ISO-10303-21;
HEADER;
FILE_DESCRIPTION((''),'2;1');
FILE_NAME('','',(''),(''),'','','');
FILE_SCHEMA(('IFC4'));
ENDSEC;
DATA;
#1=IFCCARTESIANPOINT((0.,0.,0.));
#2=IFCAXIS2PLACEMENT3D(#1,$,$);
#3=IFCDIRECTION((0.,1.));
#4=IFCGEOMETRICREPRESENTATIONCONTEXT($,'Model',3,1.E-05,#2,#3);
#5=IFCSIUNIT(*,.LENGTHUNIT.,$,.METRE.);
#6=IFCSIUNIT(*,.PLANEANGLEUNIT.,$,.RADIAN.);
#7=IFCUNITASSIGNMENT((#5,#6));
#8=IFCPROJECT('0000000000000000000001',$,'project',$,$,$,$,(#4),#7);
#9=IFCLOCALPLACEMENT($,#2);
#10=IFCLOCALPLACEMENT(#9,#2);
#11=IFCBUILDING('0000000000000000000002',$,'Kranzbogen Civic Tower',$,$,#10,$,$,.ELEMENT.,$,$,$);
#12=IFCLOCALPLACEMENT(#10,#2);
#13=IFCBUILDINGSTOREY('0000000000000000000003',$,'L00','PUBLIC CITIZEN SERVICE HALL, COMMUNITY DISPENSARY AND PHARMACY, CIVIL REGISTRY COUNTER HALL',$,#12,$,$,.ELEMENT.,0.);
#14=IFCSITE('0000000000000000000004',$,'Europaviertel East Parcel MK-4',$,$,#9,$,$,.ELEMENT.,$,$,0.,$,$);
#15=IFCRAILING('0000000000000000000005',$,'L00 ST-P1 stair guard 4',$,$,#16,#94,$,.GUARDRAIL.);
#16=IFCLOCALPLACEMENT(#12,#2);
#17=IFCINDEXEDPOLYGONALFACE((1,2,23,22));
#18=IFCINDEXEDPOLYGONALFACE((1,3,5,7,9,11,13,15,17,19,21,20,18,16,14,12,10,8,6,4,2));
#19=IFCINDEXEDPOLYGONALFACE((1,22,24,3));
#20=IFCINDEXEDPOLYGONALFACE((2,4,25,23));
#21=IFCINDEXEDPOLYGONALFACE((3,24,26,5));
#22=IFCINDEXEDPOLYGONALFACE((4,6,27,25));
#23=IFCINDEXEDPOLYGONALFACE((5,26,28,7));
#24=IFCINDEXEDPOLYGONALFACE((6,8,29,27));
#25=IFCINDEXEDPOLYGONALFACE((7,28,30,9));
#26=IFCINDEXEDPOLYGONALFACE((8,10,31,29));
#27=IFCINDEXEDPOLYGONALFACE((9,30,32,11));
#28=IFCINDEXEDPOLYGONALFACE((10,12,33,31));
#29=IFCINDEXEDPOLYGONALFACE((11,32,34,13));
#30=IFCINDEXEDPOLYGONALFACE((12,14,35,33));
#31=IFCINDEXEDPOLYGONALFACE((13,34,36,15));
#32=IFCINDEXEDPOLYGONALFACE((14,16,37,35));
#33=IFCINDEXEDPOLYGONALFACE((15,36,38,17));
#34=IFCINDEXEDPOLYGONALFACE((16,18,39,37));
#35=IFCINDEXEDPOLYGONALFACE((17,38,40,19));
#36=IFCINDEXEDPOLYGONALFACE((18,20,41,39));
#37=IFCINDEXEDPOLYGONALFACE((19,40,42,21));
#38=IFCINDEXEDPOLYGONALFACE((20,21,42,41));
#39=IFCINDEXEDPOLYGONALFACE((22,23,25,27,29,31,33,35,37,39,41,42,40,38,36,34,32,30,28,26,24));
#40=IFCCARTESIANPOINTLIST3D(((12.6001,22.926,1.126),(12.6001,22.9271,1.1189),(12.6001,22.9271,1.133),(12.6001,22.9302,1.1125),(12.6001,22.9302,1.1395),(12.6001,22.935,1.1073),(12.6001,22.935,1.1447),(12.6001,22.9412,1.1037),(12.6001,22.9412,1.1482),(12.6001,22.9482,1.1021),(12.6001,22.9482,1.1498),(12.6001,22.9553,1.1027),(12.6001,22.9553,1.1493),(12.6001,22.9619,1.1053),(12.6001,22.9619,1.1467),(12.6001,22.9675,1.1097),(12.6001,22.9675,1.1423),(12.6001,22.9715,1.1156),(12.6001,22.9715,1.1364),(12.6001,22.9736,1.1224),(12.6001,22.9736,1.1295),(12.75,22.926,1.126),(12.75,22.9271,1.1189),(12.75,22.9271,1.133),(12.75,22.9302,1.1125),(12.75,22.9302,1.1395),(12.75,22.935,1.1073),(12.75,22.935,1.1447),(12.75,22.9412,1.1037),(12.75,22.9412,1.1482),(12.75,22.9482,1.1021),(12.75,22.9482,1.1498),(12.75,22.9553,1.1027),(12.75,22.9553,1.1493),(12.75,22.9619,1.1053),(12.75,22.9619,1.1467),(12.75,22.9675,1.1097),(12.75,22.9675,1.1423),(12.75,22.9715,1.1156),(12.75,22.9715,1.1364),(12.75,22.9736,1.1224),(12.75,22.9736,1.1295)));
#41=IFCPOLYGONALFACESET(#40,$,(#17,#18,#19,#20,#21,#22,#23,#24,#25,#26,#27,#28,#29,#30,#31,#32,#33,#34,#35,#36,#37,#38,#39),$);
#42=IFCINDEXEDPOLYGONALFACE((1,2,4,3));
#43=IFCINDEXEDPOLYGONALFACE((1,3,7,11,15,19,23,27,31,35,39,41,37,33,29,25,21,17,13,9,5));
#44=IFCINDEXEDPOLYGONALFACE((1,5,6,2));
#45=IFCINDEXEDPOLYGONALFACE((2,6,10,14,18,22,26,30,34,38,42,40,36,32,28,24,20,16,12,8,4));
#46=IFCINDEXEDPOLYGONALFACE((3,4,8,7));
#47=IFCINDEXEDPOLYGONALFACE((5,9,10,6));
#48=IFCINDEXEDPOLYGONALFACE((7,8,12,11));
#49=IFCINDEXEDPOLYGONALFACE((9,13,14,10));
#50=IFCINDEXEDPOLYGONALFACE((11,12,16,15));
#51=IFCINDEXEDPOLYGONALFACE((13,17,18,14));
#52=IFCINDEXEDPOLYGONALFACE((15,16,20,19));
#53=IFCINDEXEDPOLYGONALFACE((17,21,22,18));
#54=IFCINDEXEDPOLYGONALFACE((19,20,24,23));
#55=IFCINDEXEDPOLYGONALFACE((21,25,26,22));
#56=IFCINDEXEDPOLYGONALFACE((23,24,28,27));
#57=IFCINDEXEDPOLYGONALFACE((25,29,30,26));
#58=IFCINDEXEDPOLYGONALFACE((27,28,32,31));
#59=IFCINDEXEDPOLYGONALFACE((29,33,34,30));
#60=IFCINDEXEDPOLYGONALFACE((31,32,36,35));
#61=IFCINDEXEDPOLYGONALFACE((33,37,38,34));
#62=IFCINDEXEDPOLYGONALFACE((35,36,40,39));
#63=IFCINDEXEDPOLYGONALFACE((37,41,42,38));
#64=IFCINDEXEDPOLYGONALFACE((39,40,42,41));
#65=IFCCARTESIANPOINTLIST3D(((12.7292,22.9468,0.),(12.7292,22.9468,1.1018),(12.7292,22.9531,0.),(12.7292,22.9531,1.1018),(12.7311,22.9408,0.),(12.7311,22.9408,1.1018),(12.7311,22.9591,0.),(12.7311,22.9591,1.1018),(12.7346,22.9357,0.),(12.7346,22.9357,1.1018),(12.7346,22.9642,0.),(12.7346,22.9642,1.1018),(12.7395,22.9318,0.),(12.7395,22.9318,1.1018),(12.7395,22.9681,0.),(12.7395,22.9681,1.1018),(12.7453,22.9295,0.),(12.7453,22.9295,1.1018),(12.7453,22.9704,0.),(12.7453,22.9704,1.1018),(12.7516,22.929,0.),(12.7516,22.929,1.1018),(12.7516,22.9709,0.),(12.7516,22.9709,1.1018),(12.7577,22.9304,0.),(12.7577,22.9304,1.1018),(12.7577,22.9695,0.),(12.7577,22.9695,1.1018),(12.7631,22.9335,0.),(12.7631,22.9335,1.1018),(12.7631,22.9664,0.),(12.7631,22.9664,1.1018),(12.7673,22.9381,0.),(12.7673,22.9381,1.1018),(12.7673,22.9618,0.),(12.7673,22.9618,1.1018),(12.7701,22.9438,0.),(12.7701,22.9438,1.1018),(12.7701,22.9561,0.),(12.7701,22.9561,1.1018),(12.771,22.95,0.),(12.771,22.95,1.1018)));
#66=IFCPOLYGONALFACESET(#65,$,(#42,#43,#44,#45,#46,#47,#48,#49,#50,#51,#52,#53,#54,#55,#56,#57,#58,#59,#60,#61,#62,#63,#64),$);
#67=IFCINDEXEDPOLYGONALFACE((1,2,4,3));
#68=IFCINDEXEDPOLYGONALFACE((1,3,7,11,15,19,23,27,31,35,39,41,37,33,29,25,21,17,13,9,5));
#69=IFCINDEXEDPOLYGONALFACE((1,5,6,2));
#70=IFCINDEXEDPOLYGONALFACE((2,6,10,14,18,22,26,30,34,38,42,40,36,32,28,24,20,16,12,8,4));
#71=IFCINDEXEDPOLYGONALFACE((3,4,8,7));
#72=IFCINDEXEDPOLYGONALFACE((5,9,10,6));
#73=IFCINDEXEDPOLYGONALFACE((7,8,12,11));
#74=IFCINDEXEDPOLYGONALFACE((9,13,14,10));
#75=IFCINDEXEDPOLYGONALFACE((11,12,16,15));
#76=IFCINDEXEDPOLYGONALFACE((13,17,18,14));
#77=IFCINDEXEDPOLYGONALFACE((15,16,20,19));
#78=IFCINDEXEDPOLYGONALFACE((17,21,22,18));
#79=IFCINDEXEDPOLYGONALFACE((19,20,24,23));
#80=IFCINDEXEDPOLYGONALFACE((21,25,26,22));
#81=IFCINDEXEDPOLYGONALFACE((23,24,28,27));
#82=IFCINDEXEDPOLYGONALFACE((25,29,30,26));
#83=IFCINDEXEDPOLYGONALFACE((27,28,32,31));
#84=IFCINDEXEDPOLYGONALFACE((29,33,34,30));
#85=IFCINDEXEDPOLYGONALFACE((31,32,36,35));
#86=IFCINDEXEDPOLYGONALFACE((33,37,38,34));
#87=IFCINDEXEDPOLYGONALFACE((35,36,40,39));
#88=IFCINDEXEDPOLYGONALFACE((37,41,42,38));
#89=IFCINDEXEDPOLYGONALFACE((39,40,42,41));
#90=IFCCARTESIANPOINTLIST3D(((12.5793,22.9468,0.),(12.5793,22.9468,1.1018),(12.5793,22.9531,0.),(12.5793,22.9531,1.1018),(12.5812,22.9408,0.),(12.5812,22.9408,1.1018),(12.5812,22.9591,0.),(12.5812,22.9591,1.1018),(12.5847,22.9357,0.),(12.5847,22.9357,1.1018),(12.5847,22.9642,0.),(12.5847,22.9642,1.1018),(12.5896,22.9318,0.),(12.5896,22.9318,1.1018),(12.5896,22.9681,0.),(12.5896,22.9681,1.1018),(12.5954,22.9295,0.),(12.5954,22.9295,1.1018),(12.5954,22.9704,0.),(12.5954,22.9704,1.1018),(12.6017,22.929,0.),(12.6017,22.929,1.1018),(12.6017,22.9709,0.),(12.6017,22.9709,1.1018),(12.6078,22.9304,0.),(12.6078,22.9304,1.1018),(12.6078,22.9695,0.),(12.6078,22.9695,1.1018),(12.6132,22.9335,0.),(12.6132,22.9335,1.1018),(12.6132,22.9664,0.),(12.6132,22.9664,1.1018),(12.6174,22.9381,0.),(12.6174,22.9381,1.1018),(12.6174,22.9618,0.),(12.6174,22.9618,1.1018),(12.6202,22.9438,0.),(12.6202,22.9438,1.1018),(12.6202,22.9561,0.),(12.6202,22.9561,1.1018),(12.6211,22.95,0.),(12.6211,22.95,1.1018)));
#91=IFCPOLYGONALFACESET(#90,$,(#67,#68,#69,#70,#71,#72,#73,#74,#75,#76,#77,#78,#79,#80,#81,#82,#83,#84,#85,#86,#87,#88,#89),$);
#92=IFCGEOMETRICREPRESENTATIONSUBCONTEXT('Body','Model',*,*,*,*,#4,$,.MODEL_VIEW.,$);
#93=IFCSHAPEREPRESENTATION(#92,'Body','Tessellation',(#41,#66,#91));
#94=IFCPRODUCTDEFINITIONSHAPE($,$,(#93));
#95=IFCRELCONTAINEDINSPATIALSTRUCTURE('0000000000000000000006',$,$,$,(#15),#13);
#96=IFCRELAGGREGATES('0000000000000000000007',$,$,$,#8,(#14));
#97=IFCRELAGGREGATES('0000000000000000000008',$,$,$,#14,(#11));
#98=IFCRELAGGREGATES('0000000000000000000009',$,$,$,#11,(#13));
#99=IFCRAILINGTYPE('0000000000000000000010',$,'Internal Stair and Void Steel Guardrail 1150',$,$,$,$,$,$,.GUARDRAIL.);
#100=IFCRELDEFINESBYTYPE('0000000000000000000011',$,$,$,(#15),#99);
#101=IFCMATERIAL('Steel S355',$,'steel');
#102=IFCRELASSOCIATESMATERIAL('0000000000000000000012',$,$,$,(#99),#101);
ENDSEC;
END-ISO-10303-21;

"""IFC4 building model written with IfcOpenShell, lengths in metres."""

from ifc_helpers import new_model, si_unit, direction, frame, origin, origin_2d, place, context, subcontext, project, spatial, circle, extrude, material, type_object, element, save


model = new_model("IFC4")

# Units and contexts
model_context = context("Model", 3, precision=1e-05, world=origin(), true_north=direction((0.0, 1.0)))
body_context = subcontext(model_context, "Body", "Model", "MODEL_VIEW")
ifc_project = project(units=[si_unit("LENGTHUNIT", "METRE"), si_unit("PLANEANGLEUNIT", "RADIAN")], contexts=[model_context])

# Site, building, storey
site_placement = place(None, origin())
site = spatial("IfcSite", under=ifc_project, at=site_placement, Name="Europaviertel East Parcel MK-4", CompositionType="ELEMENT", RefElevation=0.0)
building_placement = place(site_placement, origin())
building = spatial("IfcBuilding", under=site, at=building_placement, Name="Kranzbogen Civic Tower", CompositionType="ELEMENT")
storey_placement = place(building_placement, origin())
storey = spatial("IfcBuildingStorey", under=building, at=storey_placement, Name="L00", Description="PUBLIC CITIZEN SERVICE HALL, COMMUNITY DISPENSARY AND PHARMACY, CIVIL REGISTRY COUNTER HALL", CompositionType="ELEMENT", Elevation=0.0)

# Shared definitions
ifc_material_1 = material(Name="Steel S355", Category="steel")

# Railing
railing_type = type_object("IfcRailingType", Name="Internal Stair and Void Steel Guardrail 1150", PredefinedType="GUARDRAIL", material=ifc_material_1)
railing_1_placement = place(storey_placement, frame((12.75, 22.95, 0.0)))
element("IfcRailing", 1, at=railing_1_placement, inside=storey, type_object=railing_type, Name="L00 ST-P1 stair guard 4", PredefinedType="GUARDRAIL", context=body_context, shape_type="SweptSolid", body=[
    extrude(circle(Radius=0.0239, at=origin_2d()), frame((0.0, 0.0, 1.126), z_axis=(-1.0, 0.0, 0.0), x_axis=(0.0, -1.0, 0.0)), (0.0, 0.0, 1.0), 0.1499),
    extrude(circle(Radius=0.021, at=origin_2d()), origin(), (0.0, 0.0, 1.0), 1.1018),
    extrude(circle(Radius=0.021, at=origin_2d()), frame((-0.1499, 0.0, 0.0)), (0.0, 0.0, 1.0), 1.1018),
])

save(model, "model.ifc")
